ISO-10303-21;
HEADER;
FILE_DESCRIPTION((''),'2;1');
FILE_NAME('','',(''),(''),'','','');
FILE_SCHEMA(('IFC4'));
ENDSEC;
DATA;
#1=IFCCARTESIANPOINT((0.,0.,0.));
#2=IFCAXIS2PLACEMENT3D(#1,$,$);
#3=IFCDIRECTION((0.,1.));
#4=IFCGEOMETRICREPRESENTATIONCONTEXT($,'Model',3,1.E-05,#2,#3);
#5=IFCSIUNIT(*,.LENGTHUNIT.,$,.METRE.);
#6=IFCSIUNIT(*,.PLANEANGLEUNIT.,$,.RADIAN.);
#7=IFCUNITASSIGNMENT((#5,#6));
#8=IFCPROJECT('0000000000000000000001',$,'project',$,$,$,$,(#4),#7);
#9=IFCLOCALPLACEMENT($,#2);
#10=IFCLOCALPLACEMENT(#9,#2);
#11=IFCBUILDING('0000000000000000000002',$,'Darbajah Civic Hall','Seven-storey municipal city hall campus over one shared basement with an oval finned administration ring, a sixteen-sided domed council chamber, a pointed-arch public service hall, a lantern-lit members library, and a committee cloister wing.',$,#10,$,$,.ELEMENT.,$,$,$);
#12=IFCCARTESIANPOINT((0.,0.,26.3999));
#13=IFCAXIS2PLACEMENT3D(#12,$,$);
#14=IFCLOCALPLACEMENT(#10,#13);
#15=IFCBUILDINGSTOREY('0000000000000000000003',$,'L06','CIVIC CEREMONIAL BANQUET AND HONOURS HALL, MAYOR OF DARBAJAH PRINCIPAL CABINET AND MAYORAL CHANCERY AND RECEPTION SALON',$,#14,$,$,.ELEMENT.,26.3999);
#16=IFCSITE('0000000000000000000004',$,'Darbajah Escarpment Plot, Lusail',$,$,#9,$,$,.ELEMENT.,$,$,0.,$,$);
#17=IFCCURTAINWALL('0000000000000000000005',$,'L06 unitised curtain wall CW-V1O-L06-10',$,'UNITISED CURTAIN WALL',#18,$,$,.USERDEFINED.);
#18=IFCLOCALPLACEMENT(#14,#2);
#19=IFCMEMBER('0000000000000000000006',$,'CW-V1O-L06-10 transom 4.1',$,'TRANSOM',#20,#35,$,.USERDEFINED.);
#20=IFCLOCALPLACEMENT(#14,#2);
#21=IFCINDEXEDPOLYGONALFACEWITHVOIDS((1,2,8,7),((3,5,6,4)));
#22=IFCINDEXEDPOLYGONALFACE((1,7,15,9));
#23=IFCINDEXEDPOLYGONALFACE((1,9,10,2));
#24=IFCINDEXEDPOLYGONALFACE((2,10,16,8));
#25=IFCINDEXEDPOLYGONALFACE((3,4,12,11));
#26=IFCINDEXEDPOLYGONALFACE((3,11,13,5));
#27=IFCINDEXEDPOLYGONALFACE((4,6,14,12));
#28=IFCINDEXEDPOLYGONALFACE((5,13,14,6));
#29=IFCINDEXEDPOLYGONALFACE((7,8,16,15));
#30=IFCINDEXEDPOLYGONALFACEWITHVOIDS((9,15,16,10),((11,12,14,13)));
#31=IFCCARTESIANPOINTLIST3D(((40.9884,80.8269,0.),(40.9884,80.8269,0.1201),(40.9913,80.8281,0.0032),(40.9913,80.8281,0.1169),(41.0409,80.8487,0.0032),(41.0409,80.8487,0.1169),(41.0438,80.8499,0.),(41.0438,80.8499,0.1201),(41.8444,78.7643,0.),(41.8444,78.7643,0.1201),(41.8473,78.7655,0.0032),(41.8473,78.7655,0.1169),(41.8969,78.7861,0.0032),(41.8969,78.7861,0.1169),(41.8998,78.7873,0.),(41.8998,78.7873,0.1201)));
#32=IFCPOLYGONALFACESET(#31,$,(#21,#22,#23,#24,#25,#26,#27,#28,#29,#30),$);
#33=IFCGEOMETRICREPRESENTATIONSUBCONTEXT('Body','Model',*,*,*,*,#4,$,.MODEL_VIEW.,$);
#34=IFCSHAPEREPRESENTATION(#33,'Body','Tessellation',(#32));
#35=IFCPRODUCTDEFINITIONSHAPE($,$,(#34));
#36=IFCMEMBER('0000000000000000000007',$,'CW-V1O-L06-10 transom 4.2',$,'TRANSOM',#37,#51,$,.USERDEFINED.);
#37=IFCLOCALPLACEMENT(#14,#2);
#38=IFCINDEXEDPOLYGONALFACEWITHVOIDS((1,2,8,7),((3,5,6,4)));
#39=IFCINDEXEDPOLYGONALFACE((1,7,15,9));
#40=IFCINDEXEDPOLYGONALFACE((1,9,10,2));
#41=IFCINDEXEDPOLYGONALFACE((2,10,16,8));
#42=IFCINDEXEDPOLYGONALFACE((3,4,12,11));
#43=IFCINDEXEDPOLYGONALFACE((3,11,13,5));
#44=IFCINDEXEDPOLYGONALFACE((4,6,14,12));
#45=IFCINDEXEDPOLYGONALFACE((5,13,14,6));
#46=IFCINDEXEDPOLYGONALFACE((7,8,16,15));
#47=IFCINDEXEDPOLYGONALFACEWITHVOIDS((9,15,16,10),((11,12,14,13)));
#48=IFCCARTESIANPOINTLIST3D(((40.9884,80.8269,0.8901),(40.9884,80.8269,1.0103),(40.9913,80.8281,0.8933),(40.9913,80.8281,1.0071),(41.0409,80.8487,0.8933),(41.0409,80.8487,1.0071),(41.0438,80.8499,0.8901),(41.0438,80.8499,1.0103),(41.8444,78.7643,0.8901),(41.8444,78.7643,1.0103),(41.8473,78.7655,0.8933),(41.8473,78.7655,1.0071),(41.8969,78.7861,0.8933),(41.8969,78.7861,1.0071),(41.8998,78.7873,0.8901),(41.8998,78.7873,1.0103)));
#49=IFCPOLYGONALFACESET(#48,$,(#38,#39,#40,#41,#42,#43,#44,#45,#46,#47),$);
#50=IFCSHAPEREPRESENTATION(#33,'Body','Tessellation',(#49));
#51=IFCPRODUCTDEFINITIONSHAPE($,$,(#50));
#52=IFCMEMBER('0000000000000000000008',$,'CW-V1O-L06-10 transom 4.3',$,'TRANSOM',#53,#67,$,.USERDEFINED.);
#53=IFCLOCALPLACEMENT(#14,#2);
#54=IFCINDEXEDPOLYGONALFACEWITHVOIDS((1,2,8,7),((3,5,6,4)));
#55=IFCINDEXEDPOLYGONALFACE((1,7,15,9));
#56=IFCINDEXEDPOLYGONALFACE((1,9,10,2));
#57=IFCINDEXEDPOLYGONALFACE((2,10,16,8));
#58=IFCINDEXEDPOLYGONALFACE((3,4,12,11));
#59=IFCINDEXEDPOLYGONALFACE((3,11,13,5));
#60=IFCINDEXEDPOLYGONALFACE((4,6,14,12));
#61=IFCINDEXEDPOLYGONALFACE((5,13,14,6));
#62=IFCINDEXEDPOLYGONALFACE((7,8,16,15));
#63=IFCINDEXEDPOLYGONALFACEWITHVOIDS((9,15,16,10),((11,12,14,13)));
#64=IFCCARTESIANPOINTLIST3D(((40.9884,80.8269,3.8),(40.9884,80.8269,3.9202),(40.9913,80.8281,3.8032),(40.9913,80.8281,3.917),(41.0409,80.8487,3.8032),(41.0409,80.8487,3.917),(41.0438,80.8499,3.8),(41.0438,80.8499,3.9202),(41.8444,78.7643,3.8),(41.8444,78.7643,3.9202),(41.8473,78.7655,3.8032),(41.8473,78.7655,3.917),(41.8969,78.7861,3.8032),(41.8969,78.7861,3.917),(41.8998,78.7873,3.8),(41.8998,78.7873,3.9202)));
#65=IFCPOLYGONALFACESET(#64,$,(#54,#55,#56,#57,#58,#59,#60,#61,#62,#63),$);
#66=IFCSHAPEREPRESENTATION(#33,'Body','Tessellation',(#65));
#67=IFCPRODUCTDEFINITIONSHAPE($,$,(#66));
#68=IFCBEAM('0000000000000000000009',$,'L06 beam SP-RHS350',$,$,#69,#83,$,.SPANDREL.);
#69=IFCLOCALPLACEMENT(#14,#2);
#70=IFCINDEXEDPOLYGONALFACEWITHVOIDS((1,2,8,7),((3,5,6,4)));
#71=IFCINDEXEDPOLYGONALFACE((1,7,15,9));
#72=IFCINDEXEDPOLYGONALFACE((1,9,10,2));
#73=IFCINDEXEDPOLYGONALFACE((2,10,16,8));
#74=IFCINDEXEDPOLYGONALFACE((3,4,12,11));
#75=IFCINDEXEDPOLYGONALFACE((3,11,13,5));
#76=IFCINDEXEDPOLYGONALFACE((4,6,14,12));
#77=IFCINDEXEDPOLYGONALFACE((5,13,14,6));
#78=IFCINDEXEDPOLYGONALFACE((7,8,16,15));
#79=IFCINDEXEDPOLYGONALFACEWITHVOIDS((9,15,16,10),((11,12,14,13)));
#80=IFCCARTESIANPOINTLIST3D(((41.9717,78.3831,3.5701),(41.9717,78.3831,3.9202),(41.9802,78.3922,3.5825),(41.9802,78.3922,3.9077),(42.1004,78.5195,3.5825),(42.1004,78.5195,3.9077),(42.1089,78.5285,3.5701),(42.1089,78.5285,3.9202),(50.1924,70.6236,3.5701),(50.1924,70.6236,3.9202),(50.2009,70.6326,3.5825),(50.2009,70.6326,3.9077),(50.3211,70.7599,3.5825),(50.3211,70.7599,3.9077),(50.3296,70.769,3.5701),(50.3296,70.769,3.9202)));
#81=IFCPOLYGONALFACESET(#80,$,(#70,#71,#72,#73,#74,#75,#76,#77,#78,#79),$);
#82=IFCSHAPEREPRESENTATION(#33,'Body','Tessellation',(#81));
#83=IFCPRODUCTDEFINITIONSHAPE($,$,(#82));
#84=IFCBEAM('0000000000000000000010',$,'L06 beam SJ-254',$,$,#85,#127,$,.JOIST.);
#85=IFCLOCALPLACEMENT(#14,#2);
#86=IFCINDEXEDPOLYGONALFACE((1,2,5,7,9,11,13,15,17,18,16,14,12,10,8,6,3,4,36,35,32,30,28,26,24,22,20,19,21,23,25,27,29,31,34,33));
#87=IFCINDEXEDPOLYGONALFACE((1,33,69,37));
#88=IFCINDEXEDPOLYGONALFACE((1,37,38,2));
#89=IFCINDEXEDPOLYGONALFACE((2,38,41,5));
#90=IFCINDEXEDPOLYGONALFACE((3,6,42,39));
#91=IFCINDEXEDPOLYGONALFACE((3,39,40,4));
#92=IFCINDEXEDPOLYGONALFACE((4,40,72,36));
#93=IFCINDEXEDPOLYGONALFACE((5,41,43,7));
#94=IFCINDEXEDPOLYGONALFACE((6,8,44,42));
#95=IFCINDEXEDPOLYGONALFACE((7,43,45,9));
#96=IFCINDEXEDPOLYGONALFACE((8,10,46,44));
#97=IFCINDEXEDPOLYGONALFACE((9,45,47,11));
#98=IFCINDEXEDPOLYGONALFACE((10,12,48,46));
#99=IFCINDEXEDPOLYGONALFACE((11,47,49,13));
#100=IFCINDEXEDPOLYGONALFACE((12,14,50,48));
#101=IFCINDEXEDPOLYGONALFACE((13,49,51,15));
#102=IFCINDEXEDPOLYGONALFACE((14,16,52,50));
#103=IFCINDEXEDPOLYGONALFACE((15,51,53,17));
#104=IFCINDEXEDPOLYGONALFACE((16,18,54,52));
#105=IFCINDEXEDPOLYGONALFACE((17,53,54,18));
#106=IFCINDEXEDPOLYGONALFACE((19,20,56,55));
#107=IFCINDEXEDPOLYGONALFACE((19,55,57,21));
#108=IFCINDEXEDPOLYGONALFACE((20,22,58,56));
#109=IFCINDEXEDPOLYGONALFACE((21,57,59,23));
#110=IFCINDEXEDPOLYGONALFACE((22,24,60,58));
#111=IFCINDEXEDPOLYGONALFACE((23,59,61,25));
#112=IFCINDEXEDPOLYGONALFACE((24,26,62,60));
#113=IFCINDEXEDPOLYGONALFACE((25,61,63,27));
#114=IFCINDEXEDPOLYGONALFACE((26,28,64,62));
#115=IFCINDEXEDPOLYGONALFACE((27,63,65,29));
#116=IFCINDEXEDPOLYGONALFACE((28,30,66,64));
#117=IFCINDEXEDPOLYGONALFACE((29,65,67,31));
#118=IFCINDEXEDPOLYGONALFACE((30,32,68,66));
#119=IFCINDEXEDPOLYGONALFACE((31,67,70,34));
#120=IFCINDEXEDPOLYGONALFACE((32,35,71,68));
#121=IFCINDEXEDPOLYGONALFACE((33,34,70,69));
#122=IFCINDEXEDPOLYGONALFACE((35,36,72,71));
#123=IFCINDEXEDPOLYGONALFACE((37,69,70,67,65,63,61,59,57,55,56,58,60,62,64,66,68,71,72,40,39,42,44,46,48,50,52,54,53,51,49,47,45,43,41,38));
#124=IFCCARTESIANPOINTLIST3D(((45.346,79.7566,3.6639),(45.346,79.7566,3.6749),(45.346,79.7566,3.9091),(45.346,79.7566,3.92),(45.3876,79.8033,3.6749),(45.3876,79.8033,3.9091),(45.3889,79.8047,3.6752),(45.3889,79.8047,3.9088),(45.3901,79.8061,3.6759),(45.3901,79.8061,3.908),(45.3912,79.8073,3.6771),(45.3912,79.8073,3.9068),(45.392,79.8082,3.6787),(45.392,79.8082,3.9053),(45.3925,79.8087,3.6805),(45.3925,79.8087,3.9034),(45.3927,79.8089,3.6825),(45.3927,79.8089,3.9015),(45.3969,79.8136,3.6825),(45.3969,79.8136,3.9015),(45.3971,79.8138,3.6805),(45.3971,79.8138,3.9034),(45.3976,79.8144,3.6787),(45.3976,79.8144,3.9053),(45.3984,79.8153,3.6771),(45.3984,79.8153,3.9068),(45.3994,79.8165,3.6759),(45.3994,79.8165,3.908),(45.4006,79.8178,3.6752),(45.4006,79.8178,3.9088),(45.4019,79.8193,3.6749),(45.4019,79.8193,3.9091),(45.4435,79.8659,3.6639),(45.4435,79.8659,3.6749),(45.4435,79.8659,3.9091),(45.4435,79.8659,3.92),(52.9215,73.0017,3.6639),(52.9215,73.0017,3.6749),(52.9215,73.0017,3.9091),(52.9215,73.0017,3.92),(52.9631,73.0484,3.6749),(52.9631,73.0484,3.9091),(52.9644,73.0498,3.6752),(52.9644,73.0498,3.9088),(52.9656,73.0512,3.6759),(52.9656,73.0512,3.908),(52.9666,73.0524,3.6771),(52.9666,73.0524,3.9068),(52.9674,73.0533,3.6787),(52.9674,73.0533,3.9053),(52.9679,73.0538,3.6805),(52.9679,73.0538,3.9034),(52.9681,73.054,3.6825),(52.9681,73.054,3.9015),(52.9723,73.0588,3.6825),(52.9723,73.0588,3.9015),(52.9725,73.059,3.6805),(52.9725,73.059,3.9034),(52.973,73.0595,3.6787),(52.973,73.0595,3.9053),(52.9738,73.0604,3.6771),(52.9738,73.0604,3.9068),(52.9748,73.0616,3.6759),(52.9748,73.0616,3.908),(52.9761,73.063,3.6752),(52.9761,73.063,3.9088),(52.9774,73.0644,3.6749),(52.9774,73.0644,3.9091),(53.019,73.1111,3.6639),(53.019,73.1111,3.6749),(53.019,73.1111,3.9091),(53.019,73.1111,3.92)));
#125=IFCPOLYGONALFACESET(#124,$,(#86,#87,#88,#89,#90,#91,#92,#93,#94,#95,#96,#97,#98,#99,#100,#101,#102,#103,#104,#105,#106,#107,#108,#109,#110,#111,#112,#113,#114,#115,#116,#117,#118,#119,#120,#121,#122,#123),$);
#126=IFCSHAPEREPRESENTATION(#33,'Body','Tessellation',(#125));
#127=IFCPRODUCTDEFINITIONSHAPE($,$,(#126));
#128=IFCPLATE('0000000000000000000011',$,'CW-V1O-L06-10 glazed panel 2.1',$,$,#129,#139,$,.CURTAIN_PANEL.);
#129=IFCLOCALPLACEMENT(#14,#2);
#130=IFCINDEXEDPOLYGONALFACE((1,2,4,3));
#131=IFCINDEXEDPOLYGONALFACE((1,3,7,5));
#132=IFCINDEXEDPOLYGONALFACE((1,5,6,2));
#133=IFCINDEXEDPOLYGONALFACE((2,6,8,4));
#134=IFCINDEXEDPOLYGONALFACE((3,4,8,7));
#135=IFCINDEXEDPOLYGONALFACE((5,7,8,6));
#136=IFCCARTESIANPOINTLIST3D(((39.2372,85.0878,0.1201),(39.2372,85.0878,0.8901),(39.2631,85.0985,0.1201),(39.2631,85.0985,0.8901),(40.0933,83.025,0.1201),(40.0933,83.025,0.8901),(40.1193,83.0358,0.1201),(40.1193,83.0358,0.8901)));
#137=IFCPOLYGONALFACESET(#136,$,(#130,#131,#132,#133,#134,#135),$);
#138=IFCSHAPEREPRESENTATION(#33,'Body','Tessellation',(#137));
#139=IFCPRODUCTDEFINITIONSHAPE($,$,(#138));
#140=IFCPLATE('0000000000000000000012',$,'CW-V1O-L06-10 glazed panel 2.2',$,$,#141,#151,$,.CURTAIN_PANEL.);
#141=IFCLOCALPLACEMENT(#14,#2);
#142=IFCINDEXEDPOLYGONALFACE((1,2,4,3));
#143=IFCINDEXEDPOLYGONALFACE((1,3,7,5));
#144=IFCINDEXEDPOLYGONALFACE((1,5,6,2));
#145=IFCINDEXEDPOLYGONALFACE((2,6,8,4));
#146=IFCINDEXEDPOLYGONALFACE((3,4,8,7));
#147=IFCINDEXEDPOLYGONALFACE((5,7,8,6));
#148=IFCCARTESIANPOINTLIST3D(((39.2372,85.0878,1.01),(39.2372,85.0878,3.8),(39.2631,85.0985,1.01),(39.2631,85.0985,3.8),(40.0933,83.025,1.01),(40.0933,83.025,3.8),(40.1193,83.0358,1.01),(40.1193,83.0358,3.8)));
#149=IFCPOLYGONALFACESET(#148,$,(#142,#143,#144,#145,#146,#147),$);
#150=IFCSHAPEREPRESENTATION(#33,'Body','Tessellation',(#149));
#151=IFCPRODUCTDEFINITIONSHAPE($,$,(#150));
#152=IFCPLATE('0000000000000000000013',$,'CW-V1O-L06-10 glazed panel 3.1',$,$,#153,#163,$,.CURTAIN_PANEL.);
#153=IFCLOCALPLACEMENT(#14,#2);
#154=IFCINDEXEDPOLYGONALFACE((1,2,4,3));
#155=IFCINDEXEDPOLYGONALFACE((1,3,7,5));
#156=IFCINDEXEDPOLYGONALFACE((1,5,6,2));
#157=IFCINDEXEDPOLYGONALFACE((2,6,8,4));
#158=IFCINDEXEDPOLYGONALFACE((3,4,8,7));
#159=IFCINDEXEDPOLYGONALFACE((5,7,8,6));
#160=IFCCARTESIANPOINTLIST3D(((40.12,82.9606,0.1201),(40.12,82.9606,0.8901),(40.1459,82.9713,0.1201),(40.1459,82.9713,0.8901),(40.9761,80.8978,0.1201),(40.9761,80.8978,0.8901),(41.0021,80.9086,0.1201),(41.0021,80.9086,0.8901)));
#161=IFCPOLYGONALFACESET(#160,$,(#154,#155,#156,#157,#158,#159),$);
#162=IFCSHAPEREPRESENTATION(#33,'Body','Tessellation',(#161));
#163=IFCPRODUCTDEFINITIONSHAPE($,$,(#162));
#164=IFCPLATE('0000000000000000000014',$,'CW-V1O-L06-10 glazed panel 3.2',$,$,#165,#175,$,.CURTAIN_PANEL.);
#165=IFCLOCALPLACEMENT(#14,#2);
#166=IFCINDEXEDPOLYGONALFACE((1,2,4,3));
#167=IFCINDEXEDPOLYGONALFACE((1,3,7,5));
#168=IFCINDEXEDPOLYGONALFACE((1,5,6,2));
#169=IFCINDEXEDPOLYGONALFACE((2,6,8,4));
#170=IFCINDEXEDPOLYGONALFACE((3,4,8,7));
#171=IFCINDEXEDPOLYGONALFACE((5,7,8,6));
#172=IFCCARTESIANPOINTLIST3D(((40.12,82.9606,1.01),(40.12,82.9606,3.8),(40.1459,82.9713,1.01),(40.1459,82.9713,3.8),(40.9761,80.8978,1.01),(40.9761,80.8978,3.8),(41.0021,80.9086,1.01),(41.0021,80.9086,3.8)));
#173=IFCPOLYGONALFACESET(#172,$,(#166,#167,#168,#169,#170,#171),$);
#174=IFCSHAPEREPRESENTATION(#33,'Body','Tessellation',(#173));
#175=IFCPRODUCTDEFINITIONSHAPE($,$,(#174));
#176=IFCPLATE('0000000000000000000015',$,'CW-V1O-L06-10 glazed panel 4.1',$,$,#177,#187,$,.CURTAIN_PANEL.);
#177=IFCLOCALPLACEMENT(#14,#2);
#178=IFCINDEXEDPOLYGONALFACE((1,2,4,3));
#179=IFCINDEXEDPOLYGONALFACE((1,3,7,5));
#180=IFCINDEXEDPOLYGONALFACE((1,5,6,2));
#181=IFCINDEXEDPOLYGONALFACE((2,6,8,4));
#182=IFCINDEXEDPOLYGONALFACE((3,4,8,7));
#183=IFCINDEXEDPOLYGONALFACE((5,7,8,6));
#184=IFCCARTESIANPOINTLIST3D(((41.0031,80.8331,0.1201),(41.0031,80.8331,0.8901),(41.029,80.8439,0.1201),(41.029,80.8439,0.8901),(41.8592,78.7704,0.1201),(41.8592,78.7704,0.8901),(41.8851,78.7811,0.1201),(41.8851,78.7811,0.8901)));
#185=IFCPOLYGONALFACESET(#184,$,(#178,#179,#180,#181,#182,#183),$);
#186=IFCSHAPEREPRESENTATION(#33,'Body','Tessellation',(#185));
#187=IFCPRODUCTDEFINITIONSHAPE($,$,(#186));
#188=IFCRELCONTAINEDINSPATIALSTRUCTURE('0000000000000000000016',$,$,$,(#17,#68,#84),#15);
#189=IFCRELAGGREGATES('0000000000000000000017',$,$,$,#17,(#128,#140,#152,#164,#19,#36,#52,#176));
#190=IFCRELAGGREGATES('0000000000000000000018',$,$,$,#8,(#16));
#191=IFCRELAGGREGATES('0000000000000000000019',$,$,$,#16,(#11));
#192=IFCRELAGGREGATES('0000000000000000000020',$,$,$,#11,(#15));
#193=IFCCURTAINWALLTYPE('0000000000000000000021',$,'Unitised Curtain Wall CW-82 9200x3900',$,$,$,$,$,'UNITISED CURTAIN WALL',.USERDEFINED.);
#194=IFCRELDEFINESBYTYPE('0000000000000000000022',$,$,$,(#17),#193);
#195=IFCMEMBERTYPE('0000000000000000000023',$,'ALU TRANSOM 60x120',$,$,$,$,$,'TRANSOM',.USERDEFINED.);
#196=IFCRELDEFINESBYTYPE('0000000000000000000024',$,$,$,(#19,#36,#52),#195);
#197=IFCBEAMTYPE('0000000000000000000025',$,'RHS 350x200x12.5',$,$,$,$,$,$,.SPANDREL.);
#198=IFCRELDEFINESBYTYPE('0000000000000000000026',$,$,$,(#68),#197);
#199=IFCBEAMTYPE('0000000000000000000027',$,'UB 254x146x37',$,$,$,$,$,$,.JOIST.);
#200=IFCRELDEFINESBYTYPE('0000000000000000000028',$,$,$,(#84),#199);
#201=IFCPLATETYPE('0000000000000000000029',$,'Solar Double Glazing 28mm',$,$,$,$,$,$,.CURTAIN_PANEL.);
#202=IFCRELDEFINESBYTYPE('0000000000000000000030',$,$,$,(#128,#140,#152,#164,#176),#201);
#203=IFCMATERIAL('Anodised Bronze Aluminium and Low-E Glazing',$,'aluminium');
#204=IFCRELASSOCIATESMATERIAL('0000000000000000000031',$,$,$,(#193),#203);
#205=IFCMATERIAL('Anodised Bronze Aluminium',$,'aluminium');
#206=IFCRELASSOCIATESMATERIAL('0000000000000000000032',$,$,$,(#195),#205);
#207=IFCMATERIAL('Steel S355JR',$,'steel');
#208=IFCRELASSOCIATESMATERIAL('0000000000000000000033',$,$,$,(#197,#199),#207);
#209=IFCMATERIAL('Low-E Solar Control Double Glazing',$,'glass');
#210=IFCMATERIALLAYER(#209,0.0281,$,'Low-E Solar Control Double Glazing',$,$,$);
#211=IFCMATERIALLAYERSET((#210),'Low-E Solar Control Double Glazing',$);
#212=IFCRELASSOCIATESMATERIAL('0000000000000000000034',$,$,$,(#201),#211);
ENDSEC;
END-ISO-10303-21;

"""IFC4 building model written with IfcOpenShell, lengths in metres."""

from ifc_helpers import new_model, si_unit, direction, frame, origin, origin_2d, place, context, subcontext, project, spatial, rectangle, hollow_rectangle, i_section, extrude, material, layer, layer_set, material_profile, profile_set, type_object, element, aggregate, save


model = new_model("IFC4")

# Units and contexts
model_context = context("Model", 3, precision=1e-05, world=origin(), true_north=direction((0.0, 1.0)))
body_context = subcontext(model_context, "Body", "Model", "MODEL_VIEW")
ifc_project = project(units=[si_unit("LENGTHUNIT", "METRE"), si_unit("PLANEANGLEUNIT", "RADIAN")], contexts=[model_context])

# Site, building, storey
site_placement = place(None, origin())
site = spatial("IfcSite", under=ifc_project, at=site_placement, Name="Darbajah Escarpment Plot, Lusail", CompositionType="ELEMENT", RefElevation=0.0)
building_placement = place(site_placement, origin())
building = spatial("IfcBuilding", under=site, at=building_placement, Name="Darbajah Civic Hall", Description="Seven-storey municipal city hall campus over one shared basement with an oval finned administration ring, a sixteen-sided domed council chamber, a pointed-arch public service hall, a lantern-lit members library, and a committee cloister wing.", CompositionType="ELEMENT")
storey_placement = place(building_placement, frame((0.0, 0.0, 26.3999)))
storey = spatial("IfcBuildingStorey", under=building, at=storey_placement, Name="L06", Description="CIVIC CEREMONIAL BANQUET AND HONOURS HALL, MAYOR OF DARBAJAH PRINCIPAL CABINET AND MAYORAL CHANCERY AND RECEPTION SALON", CompositionType="ELEMENT", Elevation=26.3999)

# Curtain wall, members
ifc_material_1 = material(Name="Anodised Bronze Aluminium and Low-E Glazing", Category="aluminium")
curtain_wall_type = type_object("IfcCurtainWallType", Name="Unitised Curtain Wall CW-82 9200x3900", ElementType="UNITISED CURTAIN WALL", PredefinedType="USERDEFINED", material=ifc_material_1)
curtain_wall_placement = place(storey_placement, origin())
curtain_wall = element("IfcCurtainWall", 1, at=curtain_wall_placement, inside=storey, type_object=curtain_wall_type, Name="L06 unitised curtain wall CW-V1O-L06-10", ObjectType="UNITISED CURTAIN WALL", PredefinedType="USERDEFINED")
ifc_material_2 = material(Name="Anodised Bronze Aluminium", Category="aluminium")
ifc_material_profile_1 = material_profile(ifc_material_2, hollow_rectangle(XDim=0.0601, YDim=0.1201, WallThickness=0.0032, at=origin_2d()), Name="ALU TRANSOM 60x120")
ifc_profile_set_1 = profile_set([ifc_material_profile_1], Name="Anodised Bronze Aluminium")
member_type_1 = type_object("IfcMemberType", Name="ALU TRANSOM 60x120", ElementType="TRANSOM", PredefinedType="USERDEFINED", material=ifc_profile_set_1)
member_1_placement = place(storey_placement, frame((41.0161, 80.8384, 0.0601), z_axis=(0.383311, -0.923619, 0.0), x_axis=(0.923619, 0.383311, 0.0)))
member_1 = element("IfcMember", 2, at=member_1_placement, type_object=member_type_1, Name="CW-V1O-L06-10 transom 4.1", ObjectType="TRANSOM", PredefinedType="USERDEFINED", context=body_context, shape_type="SweptSolid", body=[
    extrude(hollow_rectangle(XDim=0.0601, YDim=0.1201, WallThickness=0.0032, at=origin_2d()), origin(), (0.0, 0.0, 1.0), 2.2332),
])
member_2_placement = place(storey_placement, frame((41.0161, 80.8384, 0.9502), z_axis=(0.383311, -0.923619, 0.0), x_axis=(0.923619, 0.383311, 0.0)))
member_2 = element("IfcMember", 3, at=member_2_placement, type_object=member_type_1, Name="CW-V1O-L06-10 transom 4.2", ObjectType="TRANSOM", PredefinedType="USERDEFINED", context=body_context, shape_type="SweptSolid", body=[
    extrude(hollow_rectangle(XDim=0.0601, YDim=0.1201, WallThickness=0.0032, at=origin_2d()), origin(), (0.0, 0.0, 1.0), 2.2332),
])
member_3_placement = place(storey_placement, frame((41.0161, 80.8384, 3.8601), z_axis=(0.383311, -0.923619, 0.0), x_axis=(0.923619, 0.383311, 0.0)))
member_3 = element("IfcMember", 4, at=member_3_placement, type_object=member_type_1, Name="CW-V1O-L06-10 transom 4.3", ObjectType="TRANSOM", PredefinedType="USERDEFINED", context=body_context, shape_type="SweptSolid", body=[
    extrude(hollow_rectangle(XDim=0.0601, YDim=0.1201, WallThickness=0.0032, at=origin_2d()), origin(), (0.0, 0.0, 1.0), 2.2332),
])

# Beams
ifc_material_3 = material(Name="Steel S355JR", Category="steel")
ifc_material_profile_2 = material_profile(ifc_material_3, hollow_rectangle(XDim=0.2, YDim=0.3501, WallThickness=0.0125, at=origin_2d()), Name="RHS 350x200x12.5")
ifc_profile_set_2 = profile_set([ifc_material_profile_2], Name="Steel S355JR")
beam_type_1 = type_object("IfcBeamType", Name="RHS 350x200x12.5", PredefinedType="SPANDREL", material=ifc_profile_set_2)
beam_1_placement = place(storey_placement, frame((42.0403, 78.4558, 3.7451), z_axis=(0.727211, -0.686414, 0.0), x_axis=(0.686414, 0.727211, 0.0)))
element("IfcBeam", 5, at=beam_1_placement, inside=storey, type_object=beam_type_1, Name="L06 beam SP-RHS350", PredefinedType="SPANDREL", context=body_context, shape_type="SweptSolid", body=[
    extrude(hollow_rectangle(XDim=0.2, YDim=0.3501, WallThickness=0.0125, at=origin_2d()), origin(), (0.0, 0.0, 1.0), 11.3044),
])
ifc_material_profile_3 = material_profile(ifc_material_3, i_section(OverallWidth=0.1465, OverallDepth=0.2561, WebThickness=0.0063, FlangeThickness=0.011, FilletRadius=0.0076, at=origin_2d()), Name="UB 254x146x37")
ifc_profile_set_3 = profile_set([ifc_material_profile_3], Name="Steel S355JR")
beam_type_2 = type_object("IfcBeamType", Name="UB 254x146x37", PredefinedType="JOIST", material=ifc_profile_set_3)
beam_2_placement = place(storey_placement, frame((45.3948, 79.8113, 3.792), z_axis=(0.746373, -0.665528, 0.0), x_axis=(0.665528, 0.746373, 0.0)))
element("IfcBeam", 6, at=beam_2_placement, inside=storey, type_object=beam_type_2, Name="L06 beam SJ-254", PredefinedType="JOIST", context=body_context, shape_type="SweptSolid", body=[
    extrude(i_section(OverallWidth=0.1465, OverallDepth=0.2561, WebThickness=0.0063, FlangeThickness=0.011, FilletRadius=0.0076, at=origin_2d()), origin(), (0.0, 0.0, 1.0), 10.1497),
])

# Plates
ifc_material_4 = material(Name="Low-E Solar Control Double Glazing", Category="glass")
ifc_layer_1 = layer(ifc_material_4, 0.0281, Name="Low-E Solar Control Double Glazing")
ifc_layer_set_1 = layer_set([ifc_layer_1], Name="Low-E Solar Control Double Glazing")
plate_type = type_object("IfcPlateType", Name="Solar Double Glazing 28mm", PredefinedType="CURTAIN_PANEL", material=ifc_layer_set_1)
plate_1_placement = place(storey_placement, frame((39.6782, 84.0618, 0.1201), z_axis=(0.0, 0.0, 1.0), x_axis=(0.383328, -0.923612, 0.0)))
plate_1 = element("IfcPlate", 7, at=plate_1_placement, type_object=plate_type, Name="CW-V1O-L06-10 glazed panel 2.1", PredefinedType="CURTAIN_PANEL", context=body_context, shape_type="SweptSolid", body=[
    extrude(rectangle(XDim=2.2334, YDim=0.0281, at=origin_2d()), origin(), (0.0, 0.0, 1.0), 0.77),
])
plate_2_placement = place(storey_placement, frame((39.6782, 84.0618, 1.01), z_axis=(0.0, 0.0, 1.0), x_axis=(0.383328, -0.923612, 0.0)))
plate_2 = element("IfcPlate", 8, at=plate_2_placement, type_object=plate_type, Name="CW-V1O-L06-10 glazed panel 2.2", PredefinedType="CURTAIN_PANEL", context=body_context, shape_type="SweptSolid", body=[
    extrude(rectangle(XDim=2.2334, YDim=0.0281, at=origin_2d()), origin(), (0.0, 0.0, 1.0), 2.79),
])
plate_3_placement = place(storey_placement, frame((40.561, 81.9346, 0.1201), z_axis=(0.0, 0.0, 1.0), x_axis=(0.383328, -0.923612, 0.0)))
plate_3 = element("IfcPlate", 9, at=plate_3_placement, type_object=plate_type, Name="CW-V1O-L06-10 glazed panel 3.1", PredefinedType="CURTAIN_PANEL", context=body_context, shape_type="SweptSolid", body=[
    extrude(rectangle(XDim=2.2334, YDim=0.0281, at=origin_2d()), origin(), (0.0, 0.0, 1.0), 0.77),
])
plate_4_placement = place(storey_placement, frame((40.561, 81.9346, 1.01), z_axis=(0.0, 0.0, 1.0), x_axis=(0.383328, -0.923612, 0.0)))
plate_4 = element("IfcPlate", 10, at=plate_4_placement, type_object=plate_type, Name="CW-V1O-L06-10 glazed panel 3.2", PredefinedType="CURTAIN_PANEL", context=body_context, shape_type="SweptSolid", body=[
    extrude(rectangle(XDim=2.2334, YDim=0.0281, at=origin_2d()), origin(), (0.0, 0.0, 1.0), 2.79),
])
plate_5_placement = place(storey_placement, frame((41.4441, 79.8071, 0.1201), z_axis=(0.0, 0.0, 1.0), x_axis=(0.383328, -0.923612, 0.0)))
plate_5 = element("IfcPlate", 11, at=plate_5_placement, type_object=plate_type, Name="CW-V1O-L06-10 glazed panel 4.1", PredefinedType="CURTAIN_PANEL", context=body_context, shape_type="SweptSolid", body=[
    extrude(rectangle(XDim=2.2334, YDim=0.0281, at=origin_2d()), origin(), (0.0, 0.0, 1.0), 0.77),
])
aggregate(curtain_wall, [plate_1, plate_2, plate_3, plate_4, member_1, member_2, member_3, plate_5])

save(model, "model.ifc")
